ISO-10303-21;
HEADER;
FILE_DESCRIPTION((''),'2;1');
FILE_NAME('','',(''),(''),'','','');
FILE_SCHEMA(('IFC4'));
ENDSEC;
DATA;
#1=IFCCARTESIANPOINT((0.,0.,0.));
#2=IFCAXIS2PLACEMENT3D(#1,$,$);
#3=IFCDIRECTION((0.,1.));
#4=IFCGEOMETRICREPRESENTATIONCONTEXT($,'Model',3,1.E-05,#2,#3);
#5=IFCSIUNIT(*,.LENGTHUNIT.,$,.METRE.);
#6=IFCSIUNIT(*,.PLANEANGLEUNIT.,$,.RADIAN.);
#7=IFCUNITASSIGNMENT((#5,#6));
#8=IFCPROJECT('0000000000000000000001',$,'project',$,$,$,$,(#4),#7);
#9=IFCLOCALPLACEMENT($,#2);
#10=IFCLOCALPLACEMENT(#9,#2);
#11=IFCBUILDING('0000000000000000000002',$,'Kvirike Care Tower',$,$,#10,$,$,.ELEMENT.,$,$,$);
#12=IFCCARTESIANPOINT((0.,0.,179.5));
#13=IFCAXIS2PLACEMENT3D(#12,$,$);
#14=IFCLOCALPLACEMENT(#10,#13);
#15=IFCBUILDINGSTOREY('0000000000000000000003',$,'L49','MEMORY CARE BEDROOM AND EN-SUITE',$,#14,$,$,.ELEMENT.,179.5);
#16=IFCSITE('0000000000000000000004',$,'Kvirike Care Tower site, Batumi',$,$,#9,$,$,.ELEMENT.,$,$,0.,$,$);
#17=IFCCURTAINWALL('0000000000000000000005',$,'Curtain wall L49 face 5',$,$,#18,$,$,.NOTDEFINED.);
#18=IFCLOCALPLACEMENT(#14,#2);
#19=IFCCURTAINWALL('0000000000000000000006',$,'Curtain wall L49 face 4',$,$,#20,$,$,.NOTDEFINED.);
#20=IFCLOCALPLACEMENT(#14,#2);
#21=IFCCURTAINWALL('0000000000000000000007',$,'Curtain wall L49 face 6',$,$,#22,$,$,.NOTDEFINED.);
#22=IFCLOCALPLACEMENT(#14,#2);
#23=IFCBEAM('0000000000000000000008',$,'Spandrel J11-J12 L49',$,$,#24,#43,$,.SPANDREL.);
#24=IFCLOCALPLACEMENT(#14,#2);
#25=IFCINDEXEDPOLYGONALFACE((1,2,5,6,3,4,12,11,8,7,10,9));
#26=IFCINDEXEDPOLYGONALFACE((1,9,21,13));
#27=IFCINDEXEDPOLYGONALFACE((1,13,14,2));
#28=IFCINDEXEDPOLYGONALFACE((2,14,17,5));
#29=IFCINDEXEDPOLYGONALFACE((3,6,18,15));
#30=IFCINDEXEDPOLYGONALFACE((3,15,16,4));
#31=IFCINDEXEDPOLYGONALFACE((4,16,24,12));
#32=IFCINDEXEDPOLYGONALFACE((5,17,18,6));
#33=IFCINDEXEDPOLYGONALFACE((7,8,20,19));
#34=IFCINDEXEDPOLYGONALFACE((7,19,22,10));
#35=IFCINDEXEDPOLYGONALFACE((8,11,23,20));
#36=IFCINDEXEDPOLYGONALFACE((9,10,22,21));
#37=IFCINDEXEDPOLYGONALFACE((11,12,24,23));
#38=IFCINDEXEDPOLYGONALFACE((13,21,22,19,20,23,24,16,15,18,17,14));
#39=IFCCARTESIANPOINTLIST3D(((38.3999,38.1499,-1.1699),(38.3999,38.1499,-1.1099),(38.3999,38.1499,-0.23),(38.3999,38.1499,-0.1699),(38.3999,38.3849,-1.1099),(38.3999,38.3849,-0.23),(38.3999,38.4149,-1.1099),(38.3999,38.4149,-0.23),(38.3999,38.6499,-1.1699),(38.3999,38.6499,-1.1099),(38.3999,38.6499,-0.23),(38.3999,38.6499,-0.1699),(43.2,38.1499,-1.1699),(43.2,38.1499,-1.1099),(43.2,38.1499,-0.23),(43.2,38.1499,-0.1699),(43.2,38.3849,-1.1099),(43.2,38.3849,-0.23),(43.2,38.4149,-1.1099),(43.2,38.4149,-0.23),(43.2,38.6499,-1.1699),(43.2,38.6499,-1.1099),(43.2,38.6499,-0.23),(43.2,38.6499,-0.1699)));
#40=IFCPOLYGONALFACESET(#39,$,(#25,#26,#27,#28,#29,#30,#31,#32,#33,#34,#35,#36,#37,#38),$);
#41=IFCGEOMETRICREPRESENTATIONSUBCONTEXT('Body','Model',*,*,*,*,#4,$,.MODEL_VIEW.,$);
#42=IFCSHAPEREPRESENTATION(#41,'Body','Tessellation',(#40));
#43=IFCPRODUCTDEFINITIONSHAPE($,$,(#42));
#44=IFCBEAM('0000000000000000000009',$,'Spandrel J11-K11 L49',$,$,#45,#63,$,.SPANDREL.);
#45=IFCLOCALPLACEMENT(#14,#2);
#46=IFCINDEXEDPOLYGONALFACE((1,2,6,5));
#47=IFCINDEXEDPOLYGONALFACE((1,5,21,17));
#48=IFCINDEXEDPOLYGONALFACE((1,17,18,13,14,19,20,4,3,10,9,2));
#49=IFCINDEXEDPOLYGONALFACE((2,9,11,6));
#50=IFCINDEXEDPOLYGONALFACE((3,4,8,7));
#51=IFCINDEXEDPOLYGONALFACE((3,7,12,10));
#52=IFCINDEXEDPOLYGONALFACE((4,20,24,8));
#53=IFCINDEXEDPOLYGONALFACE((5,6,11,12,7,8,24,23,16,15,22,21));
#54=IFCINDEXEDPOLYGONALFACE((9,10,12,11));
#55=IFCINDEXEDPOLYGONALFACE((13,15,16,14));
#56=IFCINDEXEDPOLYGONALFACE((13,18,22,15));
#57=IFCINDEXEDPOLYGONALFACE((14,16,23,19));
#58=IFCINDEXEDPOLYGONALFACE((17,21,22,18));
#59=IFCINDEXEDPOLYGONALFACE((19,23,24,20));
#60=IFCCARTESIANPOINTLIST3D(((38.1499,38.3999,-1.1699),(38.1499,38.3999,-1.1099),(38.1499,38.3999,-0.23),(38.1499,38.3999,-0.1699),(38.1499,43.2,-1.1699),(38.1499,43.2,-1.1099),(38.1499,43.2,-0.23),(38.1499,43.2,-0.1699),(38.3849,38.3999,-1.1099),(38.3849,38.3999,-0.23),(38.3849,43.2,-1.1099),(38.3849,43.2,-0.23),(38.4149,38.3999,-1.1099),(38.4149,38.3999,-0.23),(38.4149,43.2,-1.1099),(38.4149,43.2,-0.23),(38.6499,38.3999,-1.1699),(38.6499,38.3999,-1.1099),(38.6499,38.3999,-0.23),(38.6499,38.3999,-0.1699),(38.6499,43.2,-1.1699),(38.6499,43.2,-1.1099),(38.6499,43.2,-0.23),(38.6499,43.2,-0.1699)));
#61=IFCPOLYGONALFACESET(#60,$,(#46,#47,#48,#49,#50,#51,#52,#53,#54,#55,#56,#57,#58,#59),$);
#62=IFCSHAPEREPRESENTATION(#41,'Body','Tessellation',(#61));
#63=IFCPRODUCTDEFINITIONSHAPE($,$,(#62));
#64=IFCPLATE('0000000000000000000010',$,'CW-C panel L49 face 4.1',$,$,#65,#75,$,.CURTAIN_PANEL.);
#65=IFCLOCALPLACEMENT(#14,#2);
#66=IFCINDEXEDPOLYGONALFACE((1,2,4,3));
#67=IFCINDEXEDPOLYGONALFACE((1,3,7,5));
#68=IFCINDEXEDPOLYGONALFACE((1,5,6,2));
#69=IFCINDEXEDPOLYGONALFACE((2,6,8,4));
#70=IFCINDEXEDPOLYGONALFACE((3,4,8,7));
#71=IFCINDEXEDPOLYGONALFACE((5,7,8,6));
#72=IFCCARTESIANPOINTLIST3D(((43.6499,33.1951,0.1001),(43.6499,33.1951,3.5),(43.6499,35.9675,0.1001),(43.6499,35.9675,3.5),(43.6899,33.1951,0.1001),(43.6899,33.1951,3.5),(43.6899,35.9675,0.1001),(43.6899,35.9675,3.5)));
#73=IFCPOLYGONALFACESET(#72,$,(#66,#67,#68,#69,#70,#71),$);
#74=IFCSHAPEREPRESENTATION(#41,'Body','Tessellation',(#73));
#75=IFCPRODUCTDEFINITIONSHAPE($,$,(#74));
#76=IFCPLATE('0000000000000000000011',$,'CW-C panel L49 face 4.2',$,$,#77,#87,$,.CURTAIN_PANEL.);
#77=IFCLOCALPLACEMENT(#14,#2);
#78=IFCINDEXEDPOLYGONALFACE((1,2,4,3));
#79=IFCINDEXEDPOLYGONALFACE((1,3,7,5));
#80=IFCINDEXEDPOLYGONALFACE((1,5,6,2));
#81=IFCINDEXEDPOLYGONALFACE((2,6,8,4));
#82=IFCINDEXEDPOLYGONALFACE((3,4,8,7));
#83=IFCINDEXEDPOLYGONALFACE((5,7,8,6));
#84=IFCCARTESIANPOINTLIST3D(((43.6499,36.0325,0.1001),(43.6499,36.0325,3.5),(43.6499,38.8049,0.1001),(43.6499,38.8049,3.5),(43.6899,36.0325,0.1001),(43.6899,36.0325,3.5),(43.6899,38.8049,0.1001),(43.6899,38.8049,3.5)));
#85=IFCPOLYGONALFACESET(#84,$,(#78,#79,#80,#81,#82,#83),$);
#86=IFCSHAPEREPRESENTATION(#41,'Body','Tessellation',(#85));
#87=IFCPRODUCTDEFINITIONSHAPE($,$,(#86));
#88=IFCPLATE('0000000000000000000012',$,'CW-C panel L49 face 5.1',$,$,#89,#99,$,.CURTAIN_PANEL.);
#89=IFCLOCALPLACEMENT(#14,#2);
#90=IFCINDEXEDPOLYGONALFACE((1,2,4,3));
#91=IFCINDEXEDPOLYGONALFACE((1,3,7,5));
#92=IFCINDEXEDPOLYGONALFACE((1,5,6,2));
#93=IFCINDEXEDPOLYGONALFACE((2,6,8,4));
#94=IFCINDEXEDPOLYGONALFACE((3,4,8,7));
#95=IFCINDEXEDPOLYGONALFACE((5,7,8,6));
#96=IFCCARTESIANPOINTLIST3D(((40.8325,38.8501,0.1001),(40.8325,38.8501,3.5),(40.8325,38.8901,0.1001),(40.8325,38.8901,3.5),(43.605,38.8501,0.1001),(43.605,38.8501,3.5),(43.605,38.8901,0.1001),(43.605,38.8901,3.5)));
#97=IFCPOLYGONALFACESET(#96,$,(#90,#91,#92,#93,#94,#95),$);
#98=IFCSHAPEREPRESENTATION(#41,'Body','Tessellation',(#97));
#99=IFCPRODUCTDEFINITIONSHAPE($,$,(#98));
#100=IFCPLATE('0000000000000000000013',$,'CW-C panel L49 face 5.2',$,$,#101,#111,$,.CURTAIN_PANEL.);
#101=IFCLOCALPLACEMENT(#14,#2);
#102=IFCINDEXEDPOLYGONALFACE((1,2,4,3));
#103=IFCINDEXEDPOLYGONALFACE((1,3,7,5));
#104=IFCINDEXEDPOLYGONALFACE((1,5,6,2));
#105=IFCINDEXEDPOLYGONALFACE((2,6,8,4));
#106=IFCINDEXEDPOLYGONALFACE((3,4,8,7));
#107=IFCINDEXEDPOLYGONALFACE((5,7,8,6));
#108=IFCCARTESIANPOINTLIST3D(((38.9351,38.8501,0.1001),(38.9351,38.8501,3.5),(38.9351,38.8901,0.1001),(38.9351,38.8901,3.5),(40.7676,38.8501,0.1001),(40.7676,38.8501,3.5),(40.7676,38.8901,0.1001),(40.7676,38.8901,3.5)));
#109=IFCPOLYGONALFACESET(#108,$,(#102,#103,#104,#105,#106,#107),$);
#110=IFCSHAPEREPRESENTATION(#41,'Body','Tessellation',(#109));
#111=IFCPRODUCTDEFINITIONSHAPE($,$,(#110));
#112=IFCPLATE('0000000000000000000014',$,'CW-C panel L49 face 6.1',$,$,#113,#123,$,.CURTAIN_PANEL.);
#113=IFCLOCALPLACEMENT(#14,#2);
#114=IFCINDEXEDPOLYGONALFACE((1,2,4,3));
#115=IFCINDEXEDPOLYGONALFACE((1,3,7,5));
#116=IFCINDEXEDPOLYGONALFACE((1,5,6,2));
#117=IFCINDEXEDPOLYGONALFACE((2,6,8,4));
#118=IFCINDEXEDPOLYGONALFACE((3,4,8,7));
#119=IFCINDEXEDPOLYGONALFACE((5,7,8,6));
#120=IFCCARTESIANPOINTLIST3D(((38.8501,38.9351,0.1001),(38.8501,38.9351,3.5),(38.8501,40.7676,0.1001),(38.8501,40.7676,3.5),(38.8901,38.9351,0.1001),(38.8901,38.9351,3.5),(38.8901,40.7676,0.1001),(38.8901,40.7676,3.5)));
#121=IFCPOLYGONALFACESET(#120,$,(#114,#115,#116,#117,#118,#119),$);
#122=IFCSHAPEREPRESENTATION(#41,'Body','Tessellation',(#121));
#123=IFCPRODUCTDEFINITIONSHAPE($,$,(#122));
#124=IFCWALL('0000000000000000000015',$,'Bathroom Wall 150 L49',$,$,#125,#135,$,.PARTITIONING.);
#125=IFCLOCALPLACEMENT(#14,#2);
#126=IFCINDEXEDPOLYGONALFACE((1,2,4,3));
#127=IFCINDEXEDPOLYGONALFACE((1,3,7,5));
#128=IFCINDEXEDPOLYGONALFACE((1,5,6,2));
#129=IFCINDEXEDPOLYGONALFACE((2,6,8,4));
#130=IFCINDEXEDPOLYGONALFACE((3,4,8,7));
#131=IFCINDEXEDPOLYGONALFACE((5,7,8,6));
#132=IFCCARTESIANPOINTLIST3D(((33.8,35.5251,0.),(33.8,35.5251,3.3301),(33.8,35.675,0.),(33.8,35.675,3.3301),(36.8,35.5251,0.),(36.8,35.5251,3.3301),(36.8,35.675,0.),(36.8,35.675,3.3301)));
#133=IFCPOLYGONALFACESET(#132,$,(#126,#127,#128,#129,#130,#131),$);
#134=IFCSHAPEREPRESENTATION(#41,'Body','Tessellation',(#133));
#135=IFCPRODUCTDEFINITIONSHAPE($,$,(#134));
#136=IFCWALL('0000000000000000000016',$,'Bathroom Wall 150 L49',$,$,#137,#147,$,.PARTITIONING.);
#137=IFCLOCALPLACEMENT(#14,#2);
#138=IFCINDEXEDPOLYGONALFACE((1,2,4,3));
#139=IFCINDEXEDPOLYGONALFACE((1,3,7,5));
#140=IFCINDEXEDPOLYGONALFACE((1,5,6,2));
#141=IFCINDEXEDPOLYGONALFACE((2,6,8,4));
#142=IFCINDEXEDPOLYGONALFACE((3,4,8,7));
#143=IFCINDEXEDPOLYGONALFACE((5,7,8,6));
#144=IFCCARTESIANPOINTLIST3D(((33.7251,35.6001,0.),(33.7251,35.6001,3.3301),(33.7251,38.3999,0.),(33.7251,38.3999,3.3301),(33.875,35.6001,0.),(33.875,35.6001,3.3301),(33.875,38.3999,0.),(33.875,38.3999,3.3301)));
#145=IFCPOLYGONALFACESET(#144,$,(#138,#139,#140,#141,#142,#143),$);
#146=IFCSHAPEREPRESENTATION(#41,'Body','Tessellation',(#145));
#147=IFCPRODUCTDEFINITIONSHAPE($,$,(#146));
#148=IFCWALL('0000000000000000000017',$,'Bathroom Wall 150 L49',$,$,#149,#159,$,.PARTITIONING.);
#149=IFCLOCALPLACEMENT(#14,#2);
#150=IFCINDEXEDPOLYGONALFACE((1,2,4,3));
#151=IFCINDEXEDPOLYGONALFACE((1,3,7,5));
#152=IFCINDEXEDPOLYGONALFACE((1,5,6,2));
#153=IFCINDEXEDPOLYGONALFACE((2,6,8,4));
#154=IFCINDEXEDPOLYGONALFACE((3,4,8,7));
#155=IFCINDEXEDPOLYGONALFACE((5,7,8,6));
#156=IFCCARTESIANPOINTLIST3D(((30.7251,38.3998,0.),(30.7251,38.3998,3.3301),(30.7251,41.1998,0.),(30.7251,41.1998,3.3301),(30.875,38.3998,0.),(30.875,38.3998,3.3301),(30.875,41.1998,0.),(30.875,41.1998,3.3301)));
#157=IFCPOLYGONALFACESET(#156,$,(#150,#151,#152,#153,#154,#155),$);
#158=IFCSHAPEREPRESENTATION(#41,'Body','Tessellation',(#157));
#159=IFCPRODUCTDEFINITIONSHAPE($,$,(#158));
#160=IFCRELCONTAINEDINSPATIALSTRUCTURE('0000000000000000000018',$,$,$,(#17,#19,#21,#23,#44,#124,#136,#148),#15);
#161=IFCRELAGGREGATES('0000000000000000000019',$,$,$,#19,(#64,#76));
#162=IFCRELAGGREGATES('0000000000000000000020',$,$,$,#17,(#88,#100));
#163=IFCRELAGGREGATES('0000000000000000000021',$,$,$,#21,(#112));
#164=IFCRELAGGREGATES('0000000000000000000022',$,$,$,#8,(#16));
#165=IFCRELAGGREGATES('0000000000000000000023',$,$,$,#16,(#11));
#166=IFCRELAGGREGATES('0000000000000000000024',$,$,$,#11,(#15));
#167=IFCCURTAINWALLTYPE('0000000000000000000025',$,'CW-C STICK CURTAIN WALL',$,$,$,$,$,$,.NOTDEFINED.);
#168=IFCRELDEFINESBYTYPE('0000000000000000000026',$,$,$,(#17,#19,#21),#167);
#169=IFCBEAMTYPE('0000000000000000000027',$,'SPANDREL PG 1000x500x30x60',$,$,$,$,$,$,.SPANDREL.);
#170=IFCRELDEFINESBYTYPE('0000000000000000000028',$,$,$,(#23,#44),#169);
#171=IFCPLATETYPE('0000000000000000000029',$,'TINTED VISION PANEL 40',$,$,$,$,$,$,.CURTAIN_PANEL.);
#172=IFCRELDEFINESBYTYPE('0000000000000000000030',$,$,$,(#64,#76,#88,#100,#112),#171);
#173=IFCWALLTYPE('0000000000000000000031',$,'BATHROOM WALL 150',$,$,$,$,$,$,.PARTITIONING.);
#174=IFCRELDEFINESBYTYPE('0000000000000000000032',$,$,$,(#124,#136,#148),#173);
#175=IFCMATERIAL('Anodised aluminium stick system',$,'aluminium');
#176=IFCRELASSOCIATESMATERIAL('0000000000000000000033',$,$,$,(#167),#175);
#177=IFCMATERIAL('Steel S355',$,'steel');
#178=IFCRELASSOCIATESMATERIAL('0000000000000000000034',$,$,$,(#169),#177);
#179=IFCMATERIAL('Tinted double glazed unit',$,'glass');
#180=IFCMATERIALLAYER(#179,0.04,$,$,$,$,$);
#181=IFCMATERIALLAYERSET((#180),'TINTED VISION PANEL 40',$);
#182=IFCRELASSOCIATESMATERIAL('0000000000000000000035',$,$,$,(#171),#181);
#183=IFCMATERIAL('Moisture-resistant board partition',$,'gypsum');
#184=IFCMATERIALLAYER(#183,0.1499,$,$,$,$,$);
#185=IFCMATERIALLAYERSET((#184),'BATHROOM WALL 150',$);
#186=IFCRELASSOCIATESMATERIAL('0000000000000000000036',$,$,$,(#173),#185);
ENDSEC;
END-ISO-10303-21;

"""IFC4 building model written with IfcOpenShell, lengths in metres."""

from ifc_helpers import new_model, si_unit, direction, frame, frame_2d, origin, origin_2d, place, context, subcontext, project, spatial, rectangle, i_section, extrude, material, layer, layer_set, material_profile, profile_set, type_object, element, aggregate, save


model = new_model("IFC4")

# Units and contexts
model_context = context("Model", 3, precision=1e-05, world=origin(), true_north=direction((0.0, 1.0)))
body_context = subcontext(model_context, "Body", "Model", "MODEL_VIEW")
ifc_project = project(units=[si_unit("LENGTHUNIT", "METRE"), si_unit("PLANEANGLEUNIT", "RADIAN")], contexts=[model_context])

# Site, building, storey
site_placement = place(None, origin())
site = spatial("IfcSite", under=ifc_project, at=site_placement, Name="Kvirike Care Tower site, Batumi", CompositionType="ELEMENT", RefElevation=0.0)
building_placement = place(site_placement, origin())
building = spatial("IfcBuilding", under=site, at=building_placement, Name="Kvirike Care Tower", CompositionType="ELEMENT")
storey_placement = place(building_placement, frame((0.0, 0.0, 179.5)))
storey = spatial("IfcBuildingStorey", under=building, at=storey_placement, Name="L49", Description="MEMORY CARE BEDROOM AND EN-SUITE", CompositionType="ELEMENT", Elevation=179.5)

# Curtain wall
ifc_material_1 = material(Name="Anodised aluminium stick system", Category="aluminium")
curtain_wall_type = type_object("IfcCurtainWallType", Name="CW-C STICK CURTAIN WALL", PredefinedType="NOTDEFINED", material=ifc_material_1)
curtain_wall_1_placement = place(storey_placement, origin())
curtain_wall_1 = element("IfcCurtainWall", 1, at=curtain_wall_1_placement, inside=storey, type_object=curtain_wall_type, Name="Curtain wall L49 face 5", PredefinedType="NOTDEFINED")

# Curtain wall
curtain_wall_2_placement = place(storey_placement, origin())
curtain_wall_2 = element("IfcCurtainWall", 2, at=curtain_wall_2_placement, inside=storey, type_object=curtain_wall_type, Name="Curtain wall L49 face 4", PredefinedType="NOTDEFINED")

# Curtain wall
curtain_wall_3_placement = place(storey_placement, origin())
curtain_wall_3 = element("IfcCurtainWall", 3, at=curtain_wall_3_placement, inside=storey, type_object=curtain_wall_type, Name="Curtain wall L49 face 6", PredefinedType="NOTDEFINED")

# Beams
ifc_material_2 = material(Name="Steel S355", Category="steel")
ifc_material_profile_1 = material_profile(ifc_material_2, i_section(OverallWidth=0.5, OverallDepth=1.0, WebThickness=0.03, FlangeThickness=0.0601, at=origin_2d()), Name="PG 1000x500x30x60")
ifc_profile_set_1 = profile_set([ifc_material_profile_1], Name="Steel S355")
beam_type = type_object("IfcBeamType", Name="SPANDREL PG 1000x500x30x60", PredefinedType="SPANDREL", material=ifc_profile_set_1)
for number, where, z_axis, x_axis, name in (
    (4, (38.3999, 38.3999, -0.6699), (1.0, 0.0, 0.0), (0.0, 1.0, 0.0), "Spandrel J11-J12 L49"),
    (5, (38.3999, 38.3999, -0.6699), (0.0, 1.0, 0.0), (-1.0, 0.0, 0.0), "Spandrel J11-K11 L49"),
):
    element("IfcBeam", number, at=place(storey_placement, frame(where, z_axis=z_axis, x_axis=x_axis)), inside=storey, type_object=beam_type, Name=name, PredefinedType="SPANDREL", context=body_context, shape_type="SweptSolid", body=[
        extrude(i_section(OverallWidth=0.5, OverallDepth=1.0, WebThickness=0.03, FlangeThickness=0.0601, at=origin_2d()), origin(), (0.0, 0.0, 1.0), 4.8),
    ])

# Plates
ifc_material_3 = material(Name="Tinted double glazed unit", Category="glass")
ifc_layer_1 = layer(ifc_material_3, 0.04)
ifc_layer_set_1 = layer_set([ifc_layer_1], Name="TINTED VISION PANEL 40")
plate_type = type_object("IfcPlateType", Name="TINTED VISION PANEL 40", PredefinedType="CURTAIN_PANEL", material=ifc_layer_set_1)
plate_1_placement = place(storey_placement, frame((43.6699, 34.5813, 0.1001), z_axis=(0.0, 0.0, 1.0), x_axis=(0.0, 1.0, 0.0)))
plate_1 = element("IfcPlate", 6, at=plate_1_placement, type_object=plate_type, Name="CW-C panel L49 face 4.1", PredefinedType="CURTAIN_PANEL", context=body_context, shape_type="SweptSolid", body=[
    extrude(rectangle(XDim=2.7725, YDim=0.04, at=origin_2d()), origin(), (0.0, 0.0, 1.0), 3.3999),
])
plate_2_placement = place(storey_placement, frame((43.6699, 37.4187, 0.1001), z_axis=(0.0, 0.0, 1.0), x_axis=(0.0, 1.0, 0.0)))
plate_2 = element("IfcPlate", 7, at=plate_2_placement, type_object=plate_type, Name="CW-C panel L49 face 4.2", PredefinedType="CURTAIN_PANEL", context=body_context, shape_type="SweptSolid", body=[
    extrude(rectangle(XDim=2.7725, YDim=0.04, at=origin_2d()), origin(), (0.0, 0.0, 1.0), 3.3999),
])
aggregate(curtain_wall_2, [plate_1, plate_2])
plate_3_placement = place(storey_placement, frame((42.2188, 38.8701, 0.1001), z_axis=(0.0, 0.0, 1.0), x_axis=(-1.0, 0.0, 0.0)))
plate_3 = element("IfcPlate", 8, at=plate_3_placement, type_object=plate_type, Name="CW-C panel L49 face 5.1", PredefinedType="CURTAIN_PANEL", context=body_context, shape_type="SweptSolid", body=[
    extrude(rectangle(XDim=2.7725, YDim=0.04, at=origin_2d()), origin(), (0.0, 0.0, 1.0), 3.3999),
])
plate_4_placement = place(storey_placement, frame((39.8513, 38.8701, 0.1001), z_axis=(0.0, 0.0, 1.0), x_axis=(-1.0, 0.0, 0.0)))
plate_4 = element("IfcPlate", 9, at=plate_4_placement, type_object=plate_type, Name="CW-C panel L49 face 5.2", PredefinedType="CURTAIN_PANEL", context=body_context, shape_type="SweptSolid", body=[
    extrude(rectangle(XDim=1.8325, YDim=0.04, at=origin_2d()), origin(), (0.0, 0.0, 1.0), 3.3999),
])
aggregate(curtain_wall_1, [plate_3, plate_4])
plate_5_placement = place(storey_placement, frame((38.8701, 39.8513, 0.1001), z_axis=(0.0, 0.0, 1.0), x_axis=(0.0, 1.0, 0.0)))
plate_5 = element("IfcPlate", 10, at=plate_5_placement, type_object=plate_type, Name="CW-C panel L49 face 6.1", PredefinedType="CURTAIN_PANEL", context=body_context, shape_type="SweptSolid", body=[
    extrude(rectangle(XDim=1.8325, YDim=0.04, at=origin_2d()), origin(), (0.0, 0.0, 1.0), 3.3999),
])
aggregate(curtain_wall_3, [plate_5])

# Walls
ifc_material_4 = material(Name="Moisture-resistant board partition", Category="gypsum")
ifc_layer_2 = layer(ifc_material_4, 0.1499)
ifc_layer_set_2 = layer_set([ifc_layer_2], Name="BATHROOM WALL 150")
wall_type_1 = type_object("IfcWallType", Name="BATHROOM WALL 150", PredefinedType="PARTITIONING", material=ifc_layer_set_2)
wall_1_placement = place(storey_placement, frame((36.8, 35.6001, 0.0), z_axis=(0.0, 0.0, 1.0), x_axis=(-1.0, 0.0, 0.0)))
element("IfcWall", 11, at=wall_1_placement, inside=storey, type_object=wall_type_1, Name="Bathroom Wall 150 L49", PredefinedType="PARTITIONING", context=body_context, shape_type="SweptSolid", body=[
    extrude(rectangle(XDim=3.0, YDim=0.1499, at=frame_2d((1.5, 0.0))), origin(), (0.0, 0.0, 1.0), 3.3301),
])
wall_2_placement = place(storey_placement, frame((33.8, 35.6001, 0.0), z_axis=(0.0, 0.0, 1.0), x_axis=(0.0, 1.0, 0.0)))
element("IfcWall", 12, at=wall_2_placement, inside=storey, type_object=wall_type_1, Name="Bathroom Wall 150 L49", PredefinedType="PARTITIONING", context=body_context, shape_type="SweptSolid", body=[
    extrude(rectangle(XDim=2.7998, YDim=0.1499, at=frame_2d((1.3999, 0.0))), origin(), (0.0, 0.0, 1.0), 3.3301),
])
wall_3_placement = place(storey_placement, frame((30.8, 38.3999, 0.0), z_axis=(0.0, 0.0, 1.0), x_axis=(0.0, 1.0, 0.0)))
element("IfcWall", 13, at=wall_3_placement, inside=storey, type_object=wall_type_1, Name="Bathroom Wall 150 L49", PredefinedType="PARTITIONING", context=body_context, shape_type="SweptSolid", body=[
    extrude(rectangle(XDim=2.8, YDim=0.1499, at=frame_2d((1.3999, 0.0))), origin(), (0.0, 0.0, 1.0), 3.3301),
])

save(model, "model.ifc")
